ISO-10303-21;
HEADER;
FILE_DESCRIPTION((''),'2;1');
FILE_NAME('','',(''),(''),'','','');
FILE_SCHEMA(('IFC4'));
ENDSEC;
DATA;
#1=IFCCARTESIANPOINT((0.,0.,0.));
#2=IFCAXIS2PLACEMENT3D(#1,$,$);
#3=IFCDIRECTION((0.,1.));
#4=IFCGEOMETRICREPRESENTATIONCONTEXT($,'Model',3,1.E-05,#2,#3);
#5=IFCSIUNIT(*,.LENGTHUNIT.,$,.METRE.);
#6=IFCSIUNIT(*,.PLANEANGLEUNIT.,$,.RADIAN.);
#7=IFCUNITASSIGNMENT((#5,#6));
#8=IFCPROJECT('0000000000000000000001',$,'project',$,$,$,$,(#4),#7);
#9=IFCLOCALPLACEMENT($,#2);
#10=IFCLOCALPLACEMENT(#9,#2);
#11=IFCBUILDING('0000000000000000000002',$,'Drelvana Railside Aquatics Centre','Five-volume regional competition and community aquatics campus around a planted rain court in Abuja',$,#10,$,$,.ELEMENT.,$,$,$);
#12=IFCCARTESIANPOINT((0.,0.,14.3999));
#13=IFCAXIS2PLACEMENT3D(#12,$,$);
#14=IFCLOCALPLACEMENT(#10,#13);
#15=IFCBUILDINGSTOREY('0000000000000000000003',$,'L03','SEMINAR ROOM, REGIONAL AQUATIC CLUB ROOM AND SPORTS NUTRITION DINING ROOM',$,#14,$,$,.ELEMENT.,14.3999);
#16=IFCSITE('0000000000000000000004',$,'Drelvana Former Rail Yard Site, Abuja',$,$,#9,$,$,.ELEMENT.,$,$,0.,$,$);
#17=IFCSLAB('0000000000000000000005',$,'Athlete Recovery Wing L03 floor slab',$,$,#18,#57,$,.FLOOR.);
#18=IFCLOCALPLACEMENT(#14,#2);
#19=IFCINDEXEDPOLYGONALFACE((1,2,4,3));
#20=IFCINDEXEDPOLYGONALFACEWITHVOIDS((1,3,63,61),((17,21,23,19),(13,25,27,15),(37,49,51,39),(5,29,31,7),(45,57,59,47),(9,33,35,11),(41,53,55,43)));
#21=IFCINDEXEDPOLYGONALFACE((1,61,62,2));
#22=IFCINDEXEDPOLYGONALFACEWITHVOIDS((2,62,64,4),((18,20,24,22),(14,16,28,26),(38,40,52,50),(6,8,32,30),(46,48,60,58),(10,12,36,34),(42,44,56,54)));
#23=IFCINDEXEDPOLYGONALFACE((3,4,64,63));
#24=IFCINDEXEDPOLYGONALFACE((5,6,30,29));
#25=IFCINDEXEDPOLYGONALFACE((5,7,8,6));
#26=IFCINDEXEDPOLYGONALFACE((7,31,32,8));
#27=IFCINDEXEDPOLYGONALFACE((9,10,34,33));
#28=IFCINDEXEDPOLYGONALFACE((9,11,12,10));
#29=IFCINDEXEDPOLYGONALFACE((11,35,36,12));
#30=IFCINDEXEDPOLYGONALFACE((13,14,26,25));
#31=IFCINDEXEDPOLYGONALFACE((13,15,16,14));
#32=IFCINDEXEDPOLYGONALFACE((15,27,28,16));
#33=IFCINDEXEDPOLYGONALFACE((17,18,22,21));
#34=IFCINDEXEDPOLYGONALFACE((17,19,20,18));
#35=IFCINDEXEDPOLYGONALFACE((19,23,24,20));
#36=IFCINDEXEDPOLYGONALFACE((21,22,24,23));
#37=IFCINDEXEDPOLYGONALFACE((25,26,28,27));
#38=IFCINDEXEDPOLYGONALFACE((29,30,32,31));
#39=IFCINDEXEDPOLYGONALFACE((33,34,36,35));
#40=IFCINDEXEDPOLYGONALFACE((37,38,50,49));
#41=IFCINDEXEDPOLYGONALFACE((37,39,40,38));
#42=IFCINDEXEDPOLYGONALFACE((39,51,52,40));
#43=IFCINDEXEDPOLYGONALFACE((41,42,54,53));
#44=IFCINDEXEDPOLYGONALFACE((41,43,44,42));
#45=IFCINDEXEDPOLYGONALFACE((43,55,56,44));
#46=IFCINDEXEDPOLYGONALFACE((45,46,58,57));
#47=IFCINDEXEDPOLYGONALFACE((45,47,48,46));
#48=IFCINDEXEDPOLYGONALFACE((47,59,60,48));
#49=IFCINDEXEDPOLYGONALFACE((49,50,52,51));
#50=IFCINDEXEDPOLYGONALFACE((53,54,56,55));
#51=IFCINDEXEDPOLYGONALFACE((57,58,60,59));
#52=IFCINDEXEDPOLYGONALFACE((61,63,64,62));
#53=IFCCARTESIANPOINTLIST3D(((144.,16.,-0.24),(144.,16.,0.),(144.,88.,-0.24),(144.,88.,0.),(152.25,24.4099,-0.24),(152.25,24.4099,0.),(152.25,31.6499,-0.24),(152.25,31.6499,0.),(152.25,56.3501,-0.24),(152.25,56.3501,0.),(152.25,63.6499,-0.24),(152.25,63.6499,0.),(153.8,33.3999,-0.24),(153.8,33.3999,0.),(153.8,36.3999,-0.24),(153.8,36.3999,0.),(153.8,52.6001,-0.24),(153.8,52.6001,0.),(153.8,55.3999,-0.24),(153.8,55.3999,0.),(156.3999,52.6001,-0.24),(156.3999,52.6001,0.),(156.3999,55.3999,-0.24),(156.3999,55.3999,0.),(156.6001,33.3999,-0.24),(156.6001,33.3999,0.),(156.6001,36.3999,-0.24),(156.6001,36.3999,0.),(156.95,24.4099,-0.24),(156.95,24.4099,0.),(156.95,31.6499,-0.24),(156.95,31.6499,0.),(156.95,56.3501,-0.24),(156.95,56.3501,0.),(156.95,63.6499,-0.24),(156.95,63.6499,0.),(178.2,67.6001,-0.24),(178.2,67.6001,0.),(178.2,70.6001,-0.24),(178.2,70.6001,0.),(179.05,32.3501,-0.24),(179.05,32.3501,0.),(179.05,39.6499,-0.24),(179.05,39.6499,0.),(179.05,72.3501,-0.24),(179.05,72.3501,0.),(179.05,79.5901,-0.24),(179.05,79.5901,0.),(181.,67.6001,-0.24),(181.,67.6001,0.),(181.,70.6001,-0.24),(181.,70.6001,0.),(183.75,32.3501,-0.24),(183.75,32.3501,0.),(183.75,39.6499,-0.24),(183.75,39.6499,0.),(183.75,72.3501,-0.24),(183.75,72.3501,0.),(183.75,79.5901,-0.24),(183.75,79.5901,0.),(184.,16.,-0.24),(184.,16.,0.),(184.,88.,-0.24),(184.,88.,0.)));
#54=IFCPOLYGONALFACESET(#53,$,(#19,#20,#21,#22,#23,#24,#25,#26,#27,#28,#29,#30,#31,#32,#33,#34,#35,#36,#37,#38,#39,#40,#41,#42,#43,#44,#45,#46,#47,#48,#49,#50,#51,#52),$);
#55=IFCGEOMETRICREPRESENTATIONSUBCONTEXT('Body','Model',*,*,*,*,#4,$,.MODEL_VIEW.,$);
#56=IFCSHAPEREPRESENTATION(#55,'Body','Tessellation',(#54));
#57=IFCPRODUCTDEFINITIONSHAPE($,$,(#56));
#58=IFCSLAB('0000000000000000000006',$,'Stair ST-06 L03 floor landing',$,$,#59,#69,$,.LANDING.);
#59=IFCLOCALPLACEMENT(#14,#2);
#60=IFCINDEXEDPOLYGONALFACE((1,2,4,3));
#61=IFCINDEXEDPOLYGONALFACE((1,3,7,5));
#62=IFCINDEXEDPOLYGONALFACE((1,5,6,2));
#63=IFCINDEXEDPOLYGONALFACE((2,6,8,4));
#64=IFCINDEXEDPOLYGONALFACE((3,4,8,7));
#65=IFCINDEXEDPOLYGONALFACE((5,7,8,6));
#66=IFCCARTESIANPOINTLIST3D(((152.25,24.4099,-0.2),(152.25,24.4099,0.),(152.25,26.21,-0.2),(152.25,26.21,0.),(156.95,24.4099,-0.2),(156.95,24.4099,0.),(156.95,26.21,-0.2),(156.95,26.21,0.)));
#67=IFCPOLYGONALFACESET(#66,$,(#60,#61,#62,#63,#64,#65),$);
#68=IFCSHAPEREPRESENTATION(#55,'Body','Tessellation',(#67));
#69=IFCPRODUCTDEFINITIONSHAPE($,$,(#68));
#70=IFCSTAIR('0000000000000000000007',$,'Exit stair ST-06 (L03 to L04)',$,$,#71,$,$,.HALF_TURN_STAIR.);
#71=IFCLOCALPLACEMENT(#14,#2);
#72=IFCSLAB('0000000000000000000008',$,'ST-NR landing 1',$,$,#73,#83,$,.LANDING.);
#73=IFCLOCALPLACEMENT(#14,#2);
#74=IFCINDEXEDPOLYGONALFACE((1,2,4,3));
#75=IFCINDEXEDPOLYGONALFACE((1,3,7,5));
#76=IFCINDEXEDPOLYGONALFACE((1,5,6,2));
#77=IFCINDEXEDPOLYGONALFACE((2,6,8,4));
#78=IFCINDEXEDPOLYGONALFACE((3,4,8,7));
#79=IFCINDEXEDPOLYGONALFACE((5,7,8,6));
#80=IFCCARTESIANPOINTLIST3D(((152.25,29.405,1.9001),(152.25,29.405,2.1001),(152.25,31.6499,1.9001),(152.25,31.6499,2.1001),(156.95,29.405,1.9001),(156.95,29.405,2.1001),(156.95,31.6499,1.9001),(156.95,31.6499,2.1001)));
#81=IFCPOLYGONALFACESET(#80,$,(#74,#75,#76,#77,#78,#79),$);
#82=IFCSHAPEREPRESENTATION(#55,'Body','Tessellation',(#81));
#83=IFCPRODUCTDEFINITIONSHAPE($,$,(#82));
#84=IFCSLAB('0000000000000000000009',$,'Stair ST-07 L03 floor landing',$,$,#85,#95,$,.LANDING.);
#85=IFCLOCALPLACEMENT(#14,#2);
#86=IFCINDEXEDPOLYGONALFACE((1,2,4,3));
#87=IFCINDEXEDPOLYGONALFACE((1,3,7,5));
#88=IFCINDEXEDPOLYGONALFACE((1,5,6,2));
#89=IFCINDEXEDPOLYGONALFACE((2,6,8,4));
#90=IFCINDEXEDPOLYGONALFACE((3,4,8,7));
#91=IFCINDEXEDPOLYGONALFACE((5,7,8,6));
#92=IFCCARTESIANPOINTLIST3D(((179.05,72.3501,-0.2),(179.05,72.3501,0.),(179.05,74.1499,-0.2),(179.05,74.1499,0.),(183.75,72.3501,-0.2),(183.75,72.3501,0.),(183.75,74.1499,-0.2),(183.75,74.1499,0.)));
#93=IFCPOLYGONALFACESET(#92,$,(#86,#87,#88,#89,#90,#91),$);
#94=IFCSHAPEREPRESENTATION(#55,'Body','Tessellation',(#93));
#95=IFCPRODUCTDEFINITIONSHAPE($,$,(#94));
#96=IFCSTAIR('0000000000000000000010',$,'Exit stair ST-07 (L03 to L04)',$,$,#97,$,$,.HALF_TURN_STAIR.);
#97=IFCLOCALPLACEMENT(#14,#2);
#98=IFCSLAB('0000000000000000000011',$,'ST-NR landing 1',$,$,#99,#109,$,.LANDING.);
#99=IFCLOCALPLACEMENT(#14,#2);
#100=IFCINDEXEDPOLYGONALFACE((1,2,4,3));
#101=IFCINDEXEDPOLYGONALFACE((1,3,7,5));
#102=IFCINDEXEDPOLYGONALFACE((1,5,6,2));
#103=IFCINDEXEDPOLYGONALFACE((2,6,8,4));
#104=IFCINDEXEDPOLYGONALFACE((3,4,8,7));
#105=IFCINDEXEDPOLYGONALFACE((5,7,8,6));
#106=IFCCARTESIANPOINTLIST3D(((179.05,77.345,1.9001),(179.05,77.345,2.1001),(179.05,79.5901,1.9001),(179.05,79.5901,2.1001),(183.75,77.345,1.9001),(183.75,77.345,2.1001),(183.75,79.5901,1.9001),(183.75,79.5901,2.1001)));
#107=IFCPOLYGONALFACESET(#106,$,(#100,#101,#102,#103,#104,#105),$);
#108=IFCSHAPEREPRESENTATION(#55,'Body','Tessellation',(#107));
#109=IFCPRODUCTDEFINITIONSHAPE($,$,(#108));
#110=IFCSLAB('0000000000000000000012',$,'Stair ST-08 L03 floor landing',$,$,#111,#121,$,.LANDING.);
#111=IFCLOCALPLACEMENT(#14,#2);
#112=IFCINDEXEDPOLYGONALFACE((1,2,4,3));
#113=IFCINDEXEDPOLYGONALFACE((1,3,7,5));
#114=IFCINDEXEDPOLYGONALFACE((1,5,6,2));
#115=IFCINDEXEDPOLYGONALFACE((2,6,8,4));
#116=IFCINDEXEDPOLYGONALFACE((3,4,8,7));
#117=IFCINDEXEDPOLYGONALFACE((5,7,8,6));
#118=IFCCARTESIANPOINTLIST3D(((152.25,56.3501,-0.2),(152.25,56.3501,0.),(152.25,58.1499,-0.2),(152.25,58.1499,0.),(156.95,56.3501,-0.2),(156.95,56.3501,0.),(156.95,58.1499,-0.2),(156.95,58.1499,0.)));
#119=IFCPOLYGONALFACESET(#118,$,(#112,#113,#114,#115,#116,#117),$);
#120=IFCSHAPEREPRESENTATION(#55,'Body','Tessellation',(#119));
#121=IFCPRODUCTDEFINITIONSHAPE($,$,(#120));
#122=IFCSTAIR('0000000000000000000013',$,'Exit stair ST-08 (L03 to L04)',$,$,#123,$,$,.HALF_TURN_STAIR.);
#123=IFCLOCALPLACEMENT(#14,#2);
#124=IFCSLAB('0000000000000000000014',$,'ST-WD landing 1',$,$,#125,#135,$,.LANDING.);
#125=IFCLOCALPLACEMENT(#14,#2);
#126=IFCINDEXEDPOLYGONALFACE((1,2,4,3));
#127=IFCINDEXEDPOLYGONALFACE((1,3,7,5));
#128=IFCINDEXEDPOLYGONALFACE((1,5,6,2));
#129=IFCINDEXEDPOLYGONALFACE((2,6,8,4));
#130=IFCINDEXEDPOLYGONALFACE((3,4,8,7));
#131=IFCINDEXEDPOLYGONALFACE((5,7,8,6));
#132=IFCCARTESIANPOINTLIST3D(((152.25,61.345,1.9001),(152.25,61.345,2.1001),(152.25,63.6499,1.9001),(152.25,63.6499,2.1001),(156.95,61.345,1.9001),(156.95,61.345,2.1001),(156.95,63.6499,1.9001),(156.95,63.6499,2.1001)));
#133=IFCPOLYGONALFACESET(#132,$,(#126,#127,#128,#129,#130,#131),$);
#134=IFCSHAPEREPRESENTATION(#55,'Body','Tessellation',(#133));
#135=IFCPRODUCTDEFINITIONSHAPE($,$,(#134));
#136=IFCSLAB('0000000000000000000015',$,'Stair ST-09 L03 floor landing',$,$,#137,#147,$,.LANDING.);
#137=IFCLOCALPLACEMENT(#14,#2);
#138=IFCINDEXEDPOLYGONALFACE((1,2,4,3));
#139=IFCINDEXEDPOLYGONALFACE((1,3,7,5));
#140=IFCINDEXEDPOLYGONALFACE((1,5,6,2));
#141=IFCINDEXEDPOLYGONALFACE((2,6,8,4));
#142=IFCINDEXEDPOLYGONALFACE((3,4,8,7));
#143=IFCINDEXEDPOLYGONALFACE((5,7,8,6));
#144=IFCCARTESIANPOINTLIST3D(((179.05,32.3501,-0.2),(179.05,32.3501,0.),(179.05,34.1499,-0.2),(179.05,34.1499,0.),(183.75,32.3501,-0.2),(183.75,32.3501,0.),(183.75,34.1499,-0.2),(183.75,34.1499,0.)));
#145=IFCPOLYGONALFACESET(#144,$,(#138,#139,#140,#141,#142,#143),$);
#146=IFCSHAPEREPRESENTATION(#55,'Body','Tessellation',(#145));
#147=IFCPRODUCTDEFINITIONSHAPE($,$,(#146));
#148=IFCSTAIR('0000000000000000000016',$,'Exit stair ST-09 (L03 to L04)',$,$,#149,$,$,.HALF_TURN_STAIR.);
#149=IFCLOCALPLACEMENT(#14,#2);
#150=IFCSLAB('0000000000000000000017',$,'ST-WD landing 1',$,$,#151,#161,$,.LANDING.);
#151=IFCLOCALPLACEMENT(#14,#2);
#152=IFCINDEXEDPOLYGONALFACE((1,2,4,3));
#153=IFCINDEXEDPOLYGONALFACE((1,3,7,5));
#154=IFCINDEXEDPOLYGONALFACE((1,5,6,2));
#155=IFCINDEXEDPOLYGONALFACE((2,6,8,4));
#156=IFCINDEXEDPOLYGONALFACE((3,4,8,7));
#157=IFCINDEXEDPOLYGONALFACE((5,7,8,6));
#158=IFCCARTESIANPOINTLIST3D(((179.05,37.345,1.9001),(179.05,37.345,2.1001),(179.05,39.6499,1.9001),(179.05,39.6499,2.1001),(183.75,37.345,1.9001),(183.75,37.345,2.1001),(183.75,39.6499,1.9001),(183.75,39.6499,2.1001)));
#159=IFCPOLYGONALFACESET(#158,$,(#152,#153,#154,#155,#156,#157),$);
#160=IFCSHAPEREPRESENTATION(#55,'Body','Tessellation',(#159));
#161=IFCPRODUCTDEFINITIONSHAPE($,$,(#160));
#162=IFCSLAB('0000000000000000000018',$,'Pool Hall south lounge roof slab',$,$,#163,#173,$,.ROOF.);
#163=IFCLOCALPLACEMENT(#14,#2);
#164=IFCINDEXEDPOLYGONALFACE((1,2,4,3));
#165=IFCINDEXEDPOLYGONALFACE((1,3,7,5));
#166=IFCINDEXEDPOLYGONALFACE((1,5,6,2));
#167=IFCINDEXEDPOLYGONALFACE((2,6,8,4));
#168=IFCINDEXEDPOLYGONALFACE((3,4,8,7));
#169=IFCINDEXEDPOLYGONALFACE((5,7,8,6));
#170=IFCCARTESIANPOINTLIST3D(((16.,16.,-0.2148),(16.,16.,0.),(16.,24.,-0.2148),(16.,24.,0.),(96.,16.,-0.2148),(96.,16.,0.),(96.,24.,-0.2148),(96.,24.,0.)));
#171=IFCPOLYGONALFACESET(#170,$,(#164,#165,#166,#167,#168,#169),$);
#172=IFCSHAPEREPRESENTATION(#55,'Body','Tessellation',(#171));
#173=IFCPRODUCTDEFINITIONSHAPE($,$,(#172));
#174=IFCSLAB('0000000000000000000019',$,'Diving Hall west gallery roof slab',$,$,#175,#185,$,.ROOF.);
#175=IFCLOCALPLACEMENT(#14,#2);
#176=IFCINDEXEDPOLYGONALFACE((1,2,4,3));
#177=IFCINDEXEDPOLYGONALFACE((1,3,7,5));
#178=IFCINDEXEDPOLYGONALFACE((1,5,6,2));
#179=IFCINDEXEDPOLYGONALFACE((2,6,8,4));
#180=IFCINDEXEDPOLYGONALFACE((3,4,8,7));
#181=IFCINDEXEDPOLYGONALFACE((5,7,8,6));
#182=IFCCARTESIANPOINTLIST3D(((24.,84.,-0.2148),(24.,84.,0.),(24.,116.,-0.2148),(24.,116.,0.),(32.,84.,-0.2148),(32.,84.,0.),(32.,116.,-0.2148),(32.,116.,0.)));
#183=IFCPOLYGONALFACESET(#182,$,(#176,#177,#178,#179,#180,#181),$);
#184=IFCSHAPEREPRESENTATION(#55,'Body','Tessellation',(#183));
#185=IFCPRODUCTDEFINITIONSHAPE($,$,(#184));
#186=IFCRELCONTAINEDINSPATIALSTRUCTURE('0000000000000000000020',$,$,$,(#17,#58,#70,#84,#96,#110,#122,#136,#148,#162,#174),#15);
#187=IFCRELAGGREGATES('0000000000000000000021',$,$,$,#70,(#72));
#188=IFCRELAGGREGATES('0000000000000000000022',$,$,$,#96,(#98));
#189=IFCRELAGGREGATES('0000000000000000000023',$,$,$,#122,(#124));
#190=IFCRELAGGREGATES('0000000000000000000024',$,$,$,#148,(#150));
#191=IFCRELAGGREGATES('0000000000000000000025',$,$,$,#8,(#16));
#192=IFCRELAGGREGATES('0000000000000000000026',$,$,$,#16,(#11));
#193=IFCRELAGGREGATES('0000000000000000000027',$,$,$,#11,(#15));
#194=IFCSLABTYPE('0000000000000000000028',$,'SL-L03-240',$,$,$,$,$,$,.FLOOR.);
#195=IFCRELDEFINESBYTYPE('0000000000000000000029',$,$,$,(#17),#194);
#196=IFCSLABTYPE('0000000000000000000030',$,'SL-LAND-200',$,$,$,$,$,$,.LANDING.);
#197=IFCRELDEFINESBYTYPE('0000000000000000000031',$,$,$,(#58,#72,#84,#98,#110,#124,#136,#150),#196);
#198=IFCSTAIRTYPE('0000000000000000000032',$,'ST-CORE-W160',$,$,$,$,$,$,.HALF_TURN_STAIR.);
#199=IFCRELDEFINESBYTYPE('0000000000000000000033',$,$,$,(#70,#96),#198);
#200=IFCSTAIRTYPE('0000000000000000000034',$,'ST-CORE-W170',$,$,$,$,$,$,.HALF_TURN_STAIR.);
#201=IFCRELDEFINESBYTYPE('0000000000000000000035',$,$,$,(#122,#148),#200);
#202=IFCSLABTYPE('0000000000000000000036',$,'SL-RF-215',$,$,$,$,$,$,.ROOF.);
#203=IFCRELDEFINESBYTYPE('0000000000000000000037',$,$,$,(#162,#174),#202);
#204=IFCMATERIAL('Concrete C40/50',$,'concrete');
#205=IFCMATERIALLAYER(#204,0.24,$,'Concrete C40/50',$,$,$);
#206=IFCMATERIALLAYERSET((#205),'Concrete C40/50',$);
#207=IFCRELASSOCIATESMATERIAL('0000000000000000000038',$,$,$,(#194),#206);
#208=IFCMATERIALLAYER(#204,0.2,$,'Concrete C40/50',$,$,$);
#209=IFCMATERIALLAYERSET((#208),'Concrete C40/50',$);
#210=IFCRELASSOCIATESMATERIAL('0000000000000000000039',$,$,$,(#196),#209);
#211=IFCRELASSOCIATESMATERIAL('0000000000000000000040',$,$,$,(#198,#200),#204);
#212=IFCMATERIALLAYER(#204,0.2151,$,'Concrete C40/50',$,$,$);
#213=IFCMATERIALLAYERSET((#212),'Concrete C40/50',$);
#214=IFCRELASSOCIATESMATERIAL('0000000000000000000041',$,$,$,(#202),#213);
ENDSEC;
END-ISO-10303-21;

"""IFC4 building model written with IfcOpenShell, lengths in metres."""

from ifc_helpers import new_model, si_unit, direction, frame, origin, place, context, subcontext, project, spatial, polyline, outline, extrude, material, layer, layer_set, type_object, element, aggregate, save


model = new_model("IFC4")

# Units and contexts
model_context = context("Model", 3, precision=1e-05, world=origin(), true_north=direction((0.0, 1.0)))
body_context = subcontext(model_context, "Body", "Model", "MODEL_VIEW")
ifc_project = project(units=[si_unit("LENGTHUNIT", "METRE"), si_unit("PLANEANGLEUNIT", "RADIAN")], contexts=[model_context])

# Site, building, storey
site_placement = place(None, origin())
site = spatial("IfcSite", under=ifc_project, at=site_placement, Name="Drelvana Former Rail Yard Site, Abuja", CompositionType="ELEMENT", RefElevation=0.0)
building_placement = place(site_placement, origin())
building = spatial("IfcBuilding", under=site, at=building_placement, Name="Drelvana Railside Aquatics Centre", Description="Five-volume regional competition and community aquatics campus around a planted rain court in Abuja", CompositionType="ELEMENT")
storey_placement = place(building_placement, frame((0.0, 0.0, 14.3999)))
storey = spatial("IfcBuildingStorey", under=building, at=storey_placement, Name="L03", Description="SEMINAR ROOM, REGIONAL AQUATIC CLUB ROOM AND SPORTS NUTRITION DINING ROOM", CompositionType="ELEMENT", Elevation=14.3999)

# Slabs
ifc_material_1 = material(Name="Concrete C40/50", Category="concrete")
ifc_layer_1 = layer(ifc_material_1, 0.24, Name="Concrete C40/50")
ifc_layer_set_1 = layer_set([ifc_layer_1], Name="Concrete C40/50")
slab_type_1 = type_object("IfcSlabType", Name="SL-L03-240", PredefinedType="FLOOR", material=ifc_layer_set_1)
slab_1_placement = place(storey_placement, frame((0.0, 0.0, -0.24)))
element("IfcSlab", 1, at=slab_1_placement, inside=storey, type_object=slab_type_1, Name="Athlete Recovery Wing L03 floor slab", PredefinedType="FLOOR", context=body_context, shape_type="SweptSolid", body=[
    extrude(outline(polyline([(144.0, 16.0), (184.0, 16.0), (184.0, 88.0), (144.0, 88.0), (144.0, 16.0)]), holes=[polyline([(152.25, 24.4099), (156.95, 24.4099), (156.95, 31.6499), (152.25, 31.6499), (152.25, 24.4099)]), polyline([(153.8, 33.3999), (156.6001, 33.3999), (156.6001, 36.3999), (153.8, 36.3999), (153.8, 33.3999)]), polyline([(179.05, 72.3501), (183.75, 72.3501), (183.75, 79.5901), (179.05, 79.5901), (179.05, 72.3501)]), polyline([(178.2, 67.6001), (181.0, 67.6001), (181.0, 70.6001), (178.2, 70.6001), (178.2, 67.6001)]), polyline([(152.25, 56.3501), (156.95, 56.3501), (156.95, 63.6499), (152.25, 63.6499), (152.25, 56.3501)]), polyline([(153.8, 52.6001), (156.3999, 52.6001), (156.3999, 55.3999), (153.8, 55.3999), (153.8, 52.6001)]), polyline([(179.05, 32.3501), (183.75, 32.3501), (183.75, 39.6499), (179.05, 39.6499), (179.05, 32.3501)])]), origin(), (0.0, 0.0, 1.0), 0.24),
])
ifc_layer_2 = layer(ifc_material_1, 0.2, Name="Concrete C40/50")
ifc_layer_set_2 = layer_set([ifc_layer_2], Name="Concrete C40/50")
slab_type_2 = type_object("IfcSlabType", Name="SL-LAND-200", PredefinedType="LANDING", material=ifc_layer_set_2)
slab_2_placement = place(storey_placement, frame((0.0, 0.0, -0.2)))
element("IfcSlab", 2, at=slab_2_placement, inside=storey, type_object=slab_type_2, Name="Stair ST-06 L03 floor landing", PredefinedType="LANDING", context=body_context, shape_type="SweptSolid", body=[
    extrude(outline(polyline([(152.25, 24.4099), (156.95, 24.4099), (156.95, 26.21), (152.25, 26.21), (152.25, 24.4099)])), origin(), (0.0, 0.0, 1.0), 0.2),
])

# Stair, slab
stair_type_1 = type_object("IfcStairType", Name="ST-CORE-W160", PredefinedType="HALF_TURN_STAIR", material=ifc_material_1)
stair_1_placement = place(storey_placement, origin())
stair_1 = element("IfcStair", 3, at=stair_1_placement, inside=storey, type_object=stair_type_1, Name="Exit stair ST-06 (L03 to L04)", PredefinedType="HALF_TURN_STAIR")
slab_3_placement = place(storey_placement, frame((0.0, 0.0, 1.9001)))
slab_3 = element("IfcSlab", 4, at=slab_3_placement, type_object=slab_type_2, Name="ST-NR landing 1", PredefinedType="LANDING", context=body_context, shape_type="SweptSolid", body=[
    extrude(outline(polyline([(152.25, 29.405), (156.95, 29.405), (156.95, 31.6499), (152.25, 31.6499), (152.25, 29.405)])), origin(), (0.0, 0.0, 1.0), 0.2),
])
aggregate(stair_1, [slab_3])

# Slab
slab_4_placement = place(storey_placement, frame((0.0, 0.0, -0.2)))
element("IfcSlab", 5, at=slab_4_placement, inside=storey, type_object=slab_type_2, Name="Stair ST-07 L03 floor landing", PredefinedType="LANDING", context=body_context, shape_type="SweptSolid", body=[
    extrude(outline(polyline([(179.05, 72.3501), (183.75, 72.3501), (183.75, 74.1499), (179.05, 74.1499), (179.05, 72.3501)])), origin(), (0.0, 0.0, 1.0), 0.2),
])

# Stair, slab
stair_2_placement = place(storey_placement, origin())
stair_2 = element("IfcStair", 6, at=stair_2_placement, inside=storey, type_object=stair_type_1, Name="Exit stair ST-07 (L03 to L04)", PredefinedType="HALF_TURN_STAIR")
slab_5_placement = place(storey_placement, frame((0.0, 0.0, 1.9001)))
slab_5 = element("IfcSlab", 7, at=slab_5_placement, type_object=slab_type_2, Name="ST-NR landing 1", PredefinedType="LANDING", context=body_context, shape_type="SweptSolid", body=[
    extrude(outline(polyline([(179.05, 77.345), (183.75, 77.345), (183.75, 79.5901), (179.05, 79.5901), (179.05, 77.345)])), origin(), (0.0, 0.0, 1.0), 0.2),
])
aggregate(stair_2, [slab_5])

# Slab
slab_6_placement = place(storey_placement, frame((0.0, 0.0, -0.2)))
element("IfcSlab", 8, at=slab_6_placement, inside=storey, type_object=slab_type_2, Name="Stair ST-08 L03 floor landing", PredefinedType="LANDING", context=body_context, shape_type="SweptSolid", body=[
    extrude(outline(polyline([(152.25, 56.3501), (156.95, 56.3501), (156.95, 58.1499), (152.25, 58.1499), (152.25, 56.3501)])), origin(), (0.0, 0.0, 1.0), 0.2),
])

# Stair, slab
stair_type_2 = type_object("IfcStairType", Name="ST-CORE-W170", PredefinedType="HALF_TURN_STAIR", material=ifc_material_1)
stair_3_placement = place(storey_placement, origin())
stair_3 = element("IfcStair", 9, at=stair_3_placement, inside=storey, type_object=stair_type_2, Name="Exit stair ST-08 (L03 to L04)", PredefinedType="HALF_TURN_STAIR")
slab_7_placement = place(storey_placement, frame((0.0, 0.0, 1.9001)))
slab_7 = element("IfcSlab", 10, at=slab_7_placement, type_object=slab_type_2, Name="ST-WD landing 1", PredefinedType="LANDING", context=body_context, shape_type="SweptSolid", body=[
    extrude(outline(polyline([(152.25, 61.345), (156.95, 61.345), (156.95, 63.6499), (152.25, 63.6499), (152.25, 61.345)])), origin(), (0.0, 0.0, 1.0), 0.2),
])
aggregate(stair_3, [slab_7])

# Slab
slab_8_placement = place(storey_placement, frame((0.0, 0.0, -0.2)))
element("IfcSlab", 11, at=slab_8_placement, inside=storey, type_object=slab_type_2, Name="Stair ST-09 L03 floor landing", PredefinedType="LANDING", context=body_context, shape_type="SweptSolid", body=[
    extrude(outline(polyline([(179.05, 32.3501), (183.75, 32.3501), (183.75, 34.1499), (179.05, 34.1499), (179.05, 32.3501)])), origin(), (0.0, 0.0, 1.0), 0.2),
])

# Stair, slab
stair_4_placement = place(storey_placement, origin())
stair_4 = element("IfcStair", 12, at=stair_4_placement, inside=storey, type_object=stair_type_2, Name="Exit stair ST-09 (L03 to L04)", PredefinedType="HALF_TURN_STAIR")
slab_9_placement = place(storey_placement, frame((0.0, 0.0, 1.9001)))
slab_9 = element("IfcSlab", 13, at=slab_9_placement, type_object=slab_type_2, Name="ST-WD landing 1", PredefinedType="LANDING", context=body_context, shape_type="SweptSolid", body=[
    extrude(outline(polyline([(179.05, 37.345), (183.75, 37.345), (183.75, 39.6499), (179.05, 39.6499), (179.05, 37.345)])), origin(), (0.0, 0.0, 1.0), 0.2),
])
aggregate(stair_4, [slab_9])

# Slabs
ifc_layer_3 = layer(ifc_material_1, 0.2151, Name="Concrete C40/50")
ifc_layer_set_3 = layer_set([ifc_layer_3], Name="Concrete C40/50")
slab_type_3 = type_object("IfcSlabType", Name="SL-RF-215", PredefinedType="ROOF", material=ifc_layer_set_3)
slab_10_placement = place(storey_placement, frame((0.0, 0.0, -0.2148)))
element("IfcSlab", 14, at=slab_10_placement, inside=storey, type_object=slab_type_3, Name="Pool Hall south lounge roof slab", PredefinedType="ROOF", context=body_context, shape_type="SweptSolid", body=[
    extrude(outline(polyline([(16.0, 16.0), (96.0, 16.0), (96.0, 24.0), (16.0, 24.0), (16.0, 16.0)])), origin(), (0.0, 0.0, 1.0), 0.2148),
])
slab_11_placement = place(storey_placement, frame((0.0, 0.0, -0.2148)))
element("IfcSlab", 15, at=slab_11_placement, inside=storey, type_object=slab_type_3, Name="Diving Hall west gallery roof slab", PredefinedType="ROOF", context=body_context, shape_type="SweptSolid", body=[
    extrude(outline(polyline([(24.0, 84.0), (32.0, 84.0), (32.0, 116.0), (24.0, 116.0), (24.0, 84.0)])), origin(), (0.0, 0.0, 1.0), 0.2148),
])

save(model, "model.ifc")
